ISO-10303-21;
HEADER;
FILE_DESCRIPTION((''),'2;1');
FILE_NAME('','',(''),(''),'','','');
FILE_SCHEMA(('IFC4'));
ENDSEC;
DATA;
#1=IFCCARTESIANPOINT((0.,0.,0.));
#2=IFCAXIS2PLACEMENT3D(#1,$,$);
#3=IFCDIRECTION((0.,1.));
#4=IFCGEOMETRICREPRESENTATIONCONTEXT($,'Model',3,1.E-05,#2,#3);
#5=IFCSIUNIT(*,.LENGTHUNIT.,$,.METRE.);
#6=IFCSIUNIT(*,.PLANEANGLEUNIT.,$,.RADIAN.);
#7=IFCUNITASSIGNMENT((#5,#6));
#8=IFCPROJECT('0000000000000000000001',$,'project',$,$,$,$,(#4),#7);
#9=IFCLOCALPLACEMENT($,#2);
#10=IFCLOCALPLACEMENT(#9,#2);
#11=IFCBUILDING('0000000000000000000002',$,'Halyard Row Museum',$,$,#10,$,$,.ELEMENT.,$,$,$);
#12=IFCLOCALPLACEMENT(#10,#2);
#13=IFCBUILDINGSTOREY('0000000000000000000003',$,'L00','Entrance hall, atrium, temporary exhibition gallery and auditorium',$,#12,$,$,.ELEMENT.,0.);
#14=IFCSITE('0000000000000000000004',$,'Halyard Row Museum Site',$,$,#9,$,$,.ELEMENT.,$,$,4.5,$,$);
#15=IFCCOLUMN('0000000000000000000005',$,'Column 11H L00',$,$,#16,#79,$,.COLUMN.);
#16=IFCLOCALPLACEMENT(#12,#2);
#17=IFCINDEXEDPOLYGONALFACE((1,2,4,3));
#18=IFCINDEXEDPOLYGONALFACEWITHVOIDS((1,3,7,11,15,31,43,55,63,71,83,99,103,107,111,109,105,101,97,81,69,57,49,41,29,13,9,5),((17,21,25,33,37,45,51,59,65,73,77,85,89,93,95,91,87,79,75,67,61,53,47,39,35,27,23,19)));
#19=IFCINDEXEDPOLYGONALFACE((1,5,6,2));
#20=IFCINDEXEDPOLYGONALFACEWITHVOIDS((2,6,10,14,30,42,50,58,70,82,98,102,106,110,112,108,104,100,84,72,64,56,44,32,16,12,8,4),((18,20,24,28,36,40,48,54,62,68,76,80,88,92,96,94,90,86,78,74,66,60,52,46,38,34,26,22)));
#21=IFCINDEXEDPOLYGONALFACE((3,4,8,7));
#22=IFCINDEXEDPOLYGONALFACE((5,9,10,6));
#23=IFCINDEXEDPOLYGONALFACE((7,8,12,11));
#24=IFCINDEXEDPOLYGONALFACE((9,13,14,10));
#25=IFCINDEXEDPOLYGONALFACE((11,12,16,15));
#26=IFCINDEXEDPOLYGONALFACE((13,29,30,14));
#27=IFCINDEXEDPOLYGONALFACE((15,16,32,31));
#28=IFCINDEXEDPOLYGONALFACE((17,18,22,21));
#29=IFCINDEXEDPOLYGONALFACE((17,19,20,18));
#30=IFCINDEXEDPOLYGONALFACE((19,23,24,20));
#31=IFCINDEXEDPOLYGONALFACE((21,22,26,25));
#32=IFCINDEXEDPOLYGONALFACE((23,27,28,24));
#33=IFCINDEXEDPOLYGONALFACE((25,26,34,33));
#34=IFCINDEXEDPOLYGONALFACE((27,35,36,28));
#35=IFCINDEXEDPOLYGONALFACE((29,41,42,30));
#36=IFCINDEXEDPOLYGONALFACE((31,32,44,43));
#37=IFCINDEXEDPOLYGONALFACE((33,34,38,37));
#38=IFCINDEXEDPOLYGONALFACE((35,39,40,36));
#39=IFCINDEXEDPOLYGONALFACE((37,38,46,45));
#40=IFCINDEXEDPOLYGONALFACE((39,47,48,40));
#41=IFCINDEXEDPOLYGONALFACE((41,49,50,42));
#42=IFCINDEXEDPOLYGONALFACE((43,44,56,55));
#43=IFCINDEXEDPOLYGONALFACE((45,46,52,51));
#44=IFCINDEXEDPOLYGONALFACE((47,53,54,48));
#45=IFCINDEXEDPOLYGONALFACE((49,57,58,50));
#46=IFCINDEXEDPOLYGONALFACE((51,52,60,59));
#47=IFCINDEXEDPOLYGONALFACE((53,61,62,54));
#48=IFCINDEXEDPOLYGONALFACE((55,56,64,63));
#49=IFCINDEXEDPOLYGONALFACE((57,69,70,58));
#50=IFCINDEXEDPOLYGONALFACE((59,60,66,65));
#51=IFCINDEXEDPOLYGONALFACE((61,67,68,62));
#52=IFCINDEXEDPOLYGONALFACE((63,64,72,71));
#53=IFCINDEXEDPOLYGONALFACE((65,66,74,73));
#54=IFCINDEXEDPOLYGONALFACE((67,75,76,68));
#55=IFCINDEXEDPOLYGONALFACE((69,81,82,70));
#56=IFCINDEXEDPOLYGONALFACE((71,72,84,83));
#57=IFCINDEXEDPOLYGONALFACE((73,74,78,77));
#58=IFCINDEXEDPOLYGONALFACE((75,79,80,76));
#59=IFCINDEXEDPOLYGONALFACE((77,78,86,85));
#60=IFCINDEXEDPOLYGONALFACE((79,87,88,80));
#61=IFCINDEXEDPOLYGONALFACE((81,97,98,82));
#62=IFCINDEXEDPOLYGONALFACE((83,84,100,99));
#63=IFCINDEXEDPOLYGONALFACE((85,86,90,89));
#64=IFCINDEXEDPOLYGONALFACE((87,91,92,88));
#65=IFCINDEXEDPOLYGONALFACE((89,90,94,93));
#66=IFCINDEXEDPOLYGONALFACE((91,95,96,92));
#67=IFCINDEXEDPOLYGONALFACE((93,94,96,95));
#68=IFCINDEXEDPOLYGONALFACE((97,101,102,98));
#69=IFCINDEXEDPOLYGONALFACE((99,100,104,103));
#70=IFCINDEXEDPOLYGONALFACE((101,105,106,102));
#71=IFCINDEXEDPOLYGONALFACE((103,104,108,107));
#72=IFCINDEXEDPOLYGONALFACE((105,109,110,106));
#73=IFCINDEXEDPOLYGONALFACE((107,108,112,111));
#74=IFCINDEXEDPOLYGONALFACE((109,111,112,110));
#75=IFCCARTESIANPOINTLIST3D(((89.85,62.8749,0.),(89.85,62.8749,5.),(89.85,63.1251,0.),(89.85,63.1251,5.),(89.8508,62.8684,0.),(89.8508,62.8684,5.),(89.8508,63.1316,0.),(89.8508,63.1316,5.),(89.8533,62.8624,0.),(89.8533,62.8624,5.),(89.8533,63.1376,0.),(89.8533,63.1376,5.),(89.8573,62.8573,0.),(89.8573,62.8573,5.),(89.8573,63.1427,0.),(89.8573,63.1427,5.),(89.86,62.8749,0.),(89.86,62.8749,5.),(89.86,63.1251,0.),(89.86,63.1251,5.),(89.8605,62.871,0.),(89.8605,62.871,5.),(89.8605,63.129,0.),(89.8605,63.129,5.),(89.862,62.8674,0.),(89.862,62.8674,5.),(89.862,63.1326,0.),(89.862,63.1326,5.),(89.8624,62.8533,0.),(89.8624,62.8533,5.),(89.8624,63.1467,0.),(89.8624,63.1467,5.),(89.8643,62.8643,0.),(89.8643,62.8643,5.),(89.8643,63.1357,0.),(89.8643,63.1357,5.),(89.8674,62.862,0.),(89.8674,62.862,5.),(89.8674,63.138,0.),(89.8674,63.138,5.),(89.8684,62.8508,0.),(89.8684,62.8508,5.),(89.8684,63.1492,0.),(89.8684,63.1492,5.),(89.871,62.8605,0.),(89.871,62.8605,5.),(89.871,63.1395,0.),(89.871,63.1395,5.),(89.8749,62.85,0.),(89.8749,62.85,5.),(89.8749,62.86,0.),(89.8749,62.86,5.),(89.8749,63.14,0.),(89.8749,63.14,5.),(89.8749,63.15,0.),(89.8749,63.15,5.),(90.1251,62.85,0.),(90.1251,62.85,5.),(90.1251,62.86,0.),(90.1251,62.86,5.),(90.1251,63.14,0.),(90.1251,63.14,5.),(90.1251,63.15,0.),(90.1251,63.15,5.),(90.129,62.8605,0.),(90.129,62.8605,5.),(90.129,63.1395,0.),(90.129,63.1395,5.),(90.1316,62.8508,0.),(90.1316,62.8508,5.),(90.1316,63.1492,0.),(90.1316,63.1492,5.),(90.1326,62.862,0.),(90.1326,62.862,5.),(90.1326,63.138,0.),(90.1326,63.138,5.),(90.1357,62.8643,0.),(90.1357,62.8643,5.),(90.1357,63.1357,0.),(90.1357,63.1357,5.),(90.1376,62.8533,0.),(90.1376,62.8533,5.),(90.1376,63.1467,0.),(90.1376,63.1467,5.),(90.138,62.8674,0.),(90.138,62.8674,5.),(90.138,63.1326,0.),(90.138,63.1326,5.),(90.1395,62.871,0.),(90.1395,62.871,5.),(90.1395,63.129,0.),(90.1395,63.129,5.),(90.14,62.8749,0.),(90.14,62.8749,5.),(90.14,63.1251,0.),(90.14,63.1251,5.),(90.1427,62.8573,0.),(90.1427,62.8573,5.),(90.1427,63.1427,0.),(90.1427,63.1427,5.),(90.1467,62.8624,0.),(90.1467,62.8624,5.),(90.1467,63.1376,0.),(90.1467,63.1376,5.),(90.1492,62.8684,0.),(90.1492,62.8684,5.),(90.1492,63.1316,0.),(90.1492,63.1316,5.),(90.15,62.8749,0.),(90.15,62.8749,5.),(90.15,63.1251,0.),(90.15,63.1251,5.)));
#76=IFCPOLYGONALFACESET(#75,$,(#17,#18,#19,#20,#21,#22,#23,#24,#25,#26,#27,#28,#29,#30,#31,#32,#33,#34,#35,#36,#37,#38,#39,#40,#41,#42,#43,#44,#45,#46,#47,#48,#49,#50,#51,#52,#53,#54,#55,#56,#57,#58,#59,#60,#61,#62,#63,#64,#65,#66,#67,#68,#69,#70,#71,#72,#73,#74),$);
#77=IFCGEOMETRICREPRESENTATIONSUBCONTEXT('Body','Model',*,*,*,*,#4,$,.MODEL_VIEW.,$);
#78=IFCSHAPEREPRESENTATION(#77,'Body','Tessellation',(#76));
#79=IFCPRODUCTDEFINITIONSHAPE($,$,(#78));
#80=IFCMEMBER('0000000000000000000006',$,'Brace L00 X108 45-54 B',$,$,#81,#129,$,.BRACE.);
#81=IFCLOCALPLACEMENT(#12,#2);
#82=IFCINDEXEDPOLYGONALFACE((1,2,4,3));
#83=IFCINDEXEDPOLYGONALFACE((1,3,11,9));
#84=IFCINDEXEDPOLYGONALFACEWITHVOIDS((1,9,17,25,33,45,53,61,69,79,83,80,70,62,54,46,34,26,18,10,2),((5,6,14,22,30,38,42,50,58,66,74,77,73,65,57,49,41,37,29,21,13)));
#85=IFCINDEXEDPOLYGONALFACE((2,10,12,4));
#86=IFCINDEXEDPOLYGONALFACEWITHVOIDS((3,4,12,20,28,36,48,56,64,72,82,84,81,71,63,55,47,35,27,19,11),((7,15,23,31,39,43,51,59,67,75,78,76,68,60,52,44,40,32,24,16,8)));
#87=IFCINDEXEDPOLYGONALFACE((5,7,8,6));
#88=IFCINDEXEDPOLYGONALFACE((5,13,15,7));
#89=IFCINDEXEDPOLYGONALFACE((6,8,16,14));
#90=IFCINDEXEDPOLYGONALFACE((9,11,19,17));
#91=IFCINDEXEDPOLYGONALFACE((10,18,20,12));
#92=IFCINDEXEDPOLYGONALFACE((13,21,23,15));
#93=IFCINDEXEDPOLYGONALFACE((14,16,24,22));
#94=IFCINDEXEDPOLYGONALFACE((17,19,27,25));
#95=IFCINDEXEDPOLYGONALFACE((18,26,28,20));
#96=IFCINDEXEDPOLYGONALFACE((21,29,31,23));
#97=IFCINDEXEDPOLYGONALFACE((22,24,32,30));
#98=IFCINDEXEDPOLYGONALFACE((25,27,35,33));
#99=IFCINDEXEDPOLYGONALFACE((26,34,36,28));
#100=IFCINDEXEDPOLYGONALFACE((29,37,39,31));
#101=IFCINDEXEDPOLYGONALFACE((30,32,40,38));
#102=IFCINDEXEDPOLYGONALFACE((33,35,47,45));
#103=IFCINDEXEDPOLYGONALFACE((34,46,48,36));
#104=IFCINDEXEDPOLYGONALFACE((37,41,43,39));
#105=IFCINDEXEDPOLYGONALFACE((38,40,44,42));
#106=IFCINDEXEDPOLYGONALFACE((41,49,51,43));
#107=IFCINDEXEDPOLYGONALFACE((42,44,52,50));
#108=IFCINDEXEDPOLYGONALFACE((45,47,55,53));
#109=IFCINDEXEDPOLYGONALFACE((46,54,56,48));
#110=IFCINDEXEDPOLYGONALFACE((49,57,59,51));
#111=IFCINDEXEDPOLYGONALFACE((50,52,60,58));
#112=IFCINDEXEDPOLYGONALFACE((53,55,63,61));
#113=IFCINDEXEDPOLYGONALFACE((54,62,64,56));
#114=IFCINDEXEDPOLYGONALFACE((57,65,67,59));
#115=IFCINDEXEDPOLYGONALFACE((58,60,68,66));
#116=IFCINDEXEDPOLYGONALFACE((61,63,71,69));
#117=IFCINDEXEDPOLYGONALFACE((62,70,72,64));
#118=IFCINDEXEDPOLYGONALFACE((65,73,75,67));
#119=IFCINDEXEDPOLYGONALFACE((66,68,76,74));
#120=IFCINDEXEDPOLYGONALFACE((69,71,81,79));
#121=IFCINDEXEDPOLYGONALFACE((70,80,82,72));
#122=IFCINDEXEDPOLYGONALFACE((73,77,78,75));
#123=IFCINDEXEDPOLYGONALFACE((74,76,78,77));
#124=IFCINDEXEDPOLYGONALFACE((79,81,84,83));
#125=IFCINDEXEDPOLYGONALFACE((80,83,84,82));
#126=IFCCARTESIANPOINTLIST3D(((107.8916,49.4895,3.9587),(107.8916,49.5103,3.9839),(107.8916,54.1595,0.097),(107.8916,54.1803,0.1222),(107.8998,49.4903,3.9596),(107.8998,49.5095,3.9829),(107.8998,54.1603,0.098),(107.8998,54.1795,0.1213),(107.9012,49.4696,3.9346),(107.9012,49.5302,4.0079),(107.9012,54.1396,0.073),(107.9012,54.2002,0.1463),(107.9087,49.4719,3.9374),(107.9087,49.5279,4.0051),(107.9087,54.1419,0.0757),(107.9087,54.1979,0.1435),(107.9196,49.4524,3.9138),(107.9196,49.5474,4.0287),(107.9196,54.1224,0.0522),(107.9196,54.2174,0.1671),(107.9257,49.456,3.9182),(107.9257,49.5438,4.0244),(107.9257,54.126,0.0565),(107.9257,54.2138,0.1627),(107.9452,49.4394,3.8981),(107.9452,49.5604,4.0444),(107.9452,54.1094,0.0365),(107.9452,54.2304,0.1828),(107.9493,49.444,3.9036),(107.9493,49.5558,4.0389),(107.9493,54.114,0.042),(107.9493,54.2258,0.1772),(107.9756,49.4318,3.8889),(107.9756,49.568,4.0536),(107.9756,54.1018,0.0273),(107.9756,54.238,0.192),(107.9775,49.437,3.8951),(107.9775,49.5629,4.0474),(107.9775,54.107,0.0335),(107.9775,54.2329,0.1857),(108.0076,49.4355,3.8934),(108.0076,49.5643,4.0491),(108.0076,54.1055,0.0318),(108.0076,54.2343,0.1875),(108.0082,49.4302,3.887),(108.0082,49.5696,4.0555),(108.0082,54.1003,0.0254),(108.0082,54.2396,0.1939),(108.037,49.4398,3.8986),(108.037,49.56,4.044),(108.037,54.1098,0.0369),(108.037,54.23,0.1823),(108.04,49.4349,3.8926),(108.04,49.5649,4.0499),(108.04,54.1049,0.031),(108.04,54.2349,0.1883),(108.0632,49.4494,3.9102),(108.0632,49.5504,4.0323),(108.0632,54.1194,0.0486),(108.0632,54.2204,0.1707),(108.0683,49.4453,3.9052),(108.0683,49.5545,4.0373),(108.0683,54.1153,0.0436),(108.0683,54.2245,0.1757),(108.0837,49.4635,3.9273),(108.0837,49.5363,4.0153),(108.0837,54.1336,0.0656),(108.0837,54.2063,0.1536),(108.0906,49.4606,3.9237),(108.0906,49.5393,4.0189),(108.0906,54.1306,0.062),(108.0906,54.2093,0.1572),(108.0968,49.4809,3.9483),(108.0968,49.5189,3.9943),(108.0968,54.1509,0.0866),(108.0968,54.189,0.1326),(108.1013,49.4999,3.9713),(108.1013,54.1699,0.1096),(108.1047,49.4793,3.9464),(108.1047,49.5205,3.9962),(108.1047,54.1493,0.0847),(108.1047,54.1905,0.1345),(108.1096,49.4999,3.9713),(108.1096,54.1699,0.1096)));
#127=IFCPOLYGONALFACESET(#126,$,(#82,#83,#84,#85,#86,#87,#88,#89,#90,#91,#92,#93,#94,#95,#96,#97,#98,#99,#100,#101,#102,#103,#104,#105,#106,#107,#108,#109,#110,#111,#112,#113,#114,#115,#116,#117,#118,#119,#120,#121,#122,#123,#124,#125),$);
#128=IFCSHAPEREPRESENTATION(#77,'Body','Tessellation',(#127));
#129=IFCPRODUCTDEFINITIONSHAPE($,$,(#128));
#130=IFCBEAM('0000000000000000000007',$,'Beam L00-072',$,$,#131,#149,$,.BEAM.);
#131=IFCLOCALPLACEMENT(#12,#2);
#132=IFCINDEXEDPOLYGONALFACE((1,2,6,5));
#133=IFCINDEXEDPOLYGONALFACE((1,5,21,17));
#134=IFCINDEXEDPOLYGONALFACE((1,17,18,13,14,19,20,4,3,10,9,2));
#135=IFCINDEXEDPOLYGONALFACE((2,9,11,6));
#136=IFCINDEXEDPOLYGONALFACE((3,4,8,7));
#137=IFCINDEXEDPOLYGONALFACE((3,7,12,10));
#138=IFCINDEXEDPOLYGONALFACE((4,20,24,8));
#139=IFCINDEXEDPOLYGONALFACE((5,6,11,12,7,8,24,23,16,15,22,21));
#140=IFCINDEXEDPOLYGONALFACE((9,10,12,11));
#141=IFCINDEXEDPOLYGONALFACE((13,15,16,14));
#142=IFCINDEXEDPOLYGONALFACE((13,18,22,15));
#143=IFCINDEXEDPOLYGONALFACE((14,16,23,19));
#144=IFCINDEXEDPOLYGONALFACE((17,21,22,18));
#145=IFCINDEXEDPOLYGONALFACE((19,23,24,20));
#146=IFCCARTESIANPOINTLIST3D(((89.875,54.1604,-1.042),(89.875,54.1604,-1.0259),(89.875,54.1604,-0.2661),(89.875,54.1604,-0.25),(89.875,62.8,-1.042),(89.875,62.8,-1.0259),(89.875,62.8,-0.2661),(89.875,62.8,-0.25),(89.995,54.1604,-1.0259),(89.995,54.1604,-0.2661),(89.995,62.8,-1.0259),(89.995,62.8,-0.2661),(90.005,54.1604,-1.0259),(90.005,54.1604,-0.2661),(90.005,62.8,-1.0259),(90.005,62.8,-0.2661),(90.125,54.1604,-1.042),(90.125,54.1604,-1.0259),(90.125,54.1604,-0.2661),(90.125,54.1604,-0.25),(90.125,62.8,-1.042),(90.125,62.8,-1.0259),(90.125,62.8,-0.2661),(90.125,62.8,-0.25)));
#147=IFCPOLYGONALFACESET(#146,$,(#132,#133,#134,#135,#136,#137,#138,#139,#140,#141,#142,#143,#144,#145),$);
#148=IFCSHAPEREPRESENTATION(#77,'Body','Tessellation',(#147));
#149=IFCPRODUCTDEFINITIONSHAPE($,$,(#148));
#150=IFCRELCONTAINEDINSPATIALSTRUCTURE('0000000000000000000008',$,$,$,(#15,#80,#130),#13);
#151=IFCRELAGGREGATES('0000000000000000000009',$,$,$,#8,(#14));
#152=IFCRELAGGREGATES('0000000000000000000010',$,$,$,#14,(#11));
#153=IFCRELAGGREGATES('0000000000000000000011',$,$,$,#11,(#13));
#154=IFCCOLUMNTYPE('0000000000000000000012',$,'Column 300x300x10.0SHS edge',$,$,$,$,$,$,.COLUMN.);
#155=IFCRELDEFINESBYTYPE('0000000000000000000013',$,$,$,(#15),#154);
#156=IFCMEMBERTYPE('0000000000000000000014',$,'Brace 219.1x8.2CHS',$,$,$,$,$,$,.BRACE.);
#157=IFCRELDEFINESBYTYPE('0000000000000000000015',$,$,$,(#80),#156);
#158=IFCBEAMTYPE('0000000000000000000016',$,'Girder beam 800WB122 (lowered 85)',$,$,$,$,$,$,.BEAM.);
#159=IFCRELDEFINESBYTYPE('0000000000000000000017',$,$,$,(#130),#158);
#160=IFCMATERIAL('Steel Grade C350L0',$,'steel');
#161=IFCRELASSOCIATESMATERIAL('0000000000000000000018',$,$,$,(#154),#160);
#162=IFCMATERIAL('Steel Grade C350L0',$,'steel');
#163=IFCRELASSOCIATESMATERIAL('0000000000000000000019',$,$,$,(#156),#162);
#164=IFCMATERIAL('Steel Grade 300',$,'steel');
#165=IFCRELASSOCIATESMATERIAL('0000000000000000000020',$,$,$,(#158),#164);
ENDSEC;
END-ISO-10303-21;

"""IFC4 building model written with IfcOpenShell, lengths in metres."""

from ifc_helpers import new_model, si_unit, direction, frame, origin, origin_2d, place, context, subcontext, project, spatial, hollow_rectangle, hollow_circle, i_section, extrude, material, material_profile, profile_set, type_object, element, save


model = new_model("IFC4")

# Units and contexts
model_context = context("Model", 3, precision=1e-05, world=origin(), true_north=direction((0.0, 1.0)))
body_context = subcontext(model_context, "Body", "Model", "MODEL_VIEW")
ifc_project = project(units=[si_unit("LENGTHUNIT", "METRE"), si_unit("PLANEANGLEUNIT", "RADIAN")], contexts=[model_context])

# Site, building, storey
site_placement = place(None, origin())
site = spatial("IfcSite", under=ifc_project, at=site_placement, Name="Halyard Row Museum Site", CompositionType="ELEMENT", RefElevation=4.5)
building_placement = place(site_placement, origin())
building = spatial("IfcBuilding", under=site, at=building_placement, Name="Halyard Row Museum", CompositionType="ELEMENT")
storey_placement = place(building_placement, origin())
storey = spatial("IfcBuildingStorey", under=building, at=storey_placement, Name="L00", Description="Entrance hall, atrium, temporary exhibition gallery and auditorium", CompositionType="ELEMENT", Elevation=0.0)

# Column
ifc_material_1 = material(Name="Steel Grade C350L0", Category="steel")
ifc_material_profile_1 = material_profile(ifc_material_1, hollow_rectangle(XDim=0.3, YDim=0.3, WallThickness=0.01, InnerFilletRadius=0.0149, OuterFilletRadius=0.0249, at=origin_2d()), Name="300x300x10.0SHS")
ifc_profile_set_1 = profile_set([ifc_material_profile_1], Name="Steel Grade C350L0")
column_type = type_object("IfcColumnType", Name="Column 300x300x10.0SHS edge", PredefinedType="COLUMN", material=ifc_profile_set_1)
column_placement = place(storey_placement, frame((90.0, 63.0, 0.0), z_axis=(0.0, 0.0, 1.0), x_axis=(1.0, 0.0, 0.0)))
element("IfcColumn", 1, at=column_placement, inside=storey, type_object=column_type, Name="Column 11H L00", PredefinedType="COLUMN", context=body_context, shape_type="SweptSolid", body=[
    extrude(hollow_rectangle(XDim=0.3, YDim=0.3, WallThickness=0.01, InnerFilletRadius=0.0149, OuterFilletRadius=0.0249, at=origin_2d()), origin(), (0.0, 0.0, 1.0), 5.0),
])

# Member
ifc_material_2 = material(Name="Steel Grade C350L0", Category="steel")
ifc_material_profile_2 = material_profile(ifc_material_2, hollow_circle(Radius=0.1096, WallThickness=0.0083, at=origin_2d()), Name="219.1x8.2CHS")
ifc_profile_set_2 = profile_set([ifc_material_profile_2], Name="Steel Grade C350L0")
member_type = type_object("IfcMemberType", Name="Brace 219.1x8.2CHS", PredefinedType="BRACE", material=ifc_profile_set_2)
member_placement = place(storey_placement, frame((108.0, 54.1699, 0.1096), z_axis=(0.0, -0.770653, 0.637255), x_axis=(1.0, 0.0, 0.0)))
element("IfcMember", 2, at=member_placement, inside=storey, type_object=member_type, Name="Brace L00 X108 45-54 B", PredefinedType="BRACE", context=body_context, shape_type="SweptSolid", body=[
    extrude(hollow_circle(Radius=0.1096, WallThickness=0.0083, at=origin_2d()), origin(), (0.0, 0.0, 1.0), 6.0598),
])

# Beam
ifc_material_3 = material(Name="Steel Grade 300", Category="steel")
ifc_material_profile_3 = material_profile(ifc_material_3, i_section(OverallWidth=0.25, OverallDepth=0.792, WebThickness=0.01, FlangeThickness=0.0161, at=origin_2d()), Name="800WB122")
ifc_profile_set_3 = profile_set([ifc_material_profile_3], Name="Steel Grade 300")
beam_type_1 = type_object("IfcBeamType", Name="Girder beam 800WB122 (lowered 85)", PredefinedType="BEAM", material=ifc_profile_set_3)
beam_1_placement = place(storey_placement, frame((90.0, 54.1604, -0.646), z_axis=(0.0, 1.0, 0.0), x_axis=(-1.0, 0.0, 0.0)))
element("IfcBeam", 3, at=beam_1_placement, inside=storey, type_object=beam_type_1, Name="Beam L00-072", PredefinedType="BEAM", context=body_context, shape_type="SweptSolid", body=[
    extrude(i_section(OverallWidth=0.25, OverallDepth=0.792, WebThickness=0.01, FlangeThickness=0.0161, at=origin_2d()), origin(), (0.0, 0.0, 1.0), 8.6396),
])

save(model, "model.ifc")
